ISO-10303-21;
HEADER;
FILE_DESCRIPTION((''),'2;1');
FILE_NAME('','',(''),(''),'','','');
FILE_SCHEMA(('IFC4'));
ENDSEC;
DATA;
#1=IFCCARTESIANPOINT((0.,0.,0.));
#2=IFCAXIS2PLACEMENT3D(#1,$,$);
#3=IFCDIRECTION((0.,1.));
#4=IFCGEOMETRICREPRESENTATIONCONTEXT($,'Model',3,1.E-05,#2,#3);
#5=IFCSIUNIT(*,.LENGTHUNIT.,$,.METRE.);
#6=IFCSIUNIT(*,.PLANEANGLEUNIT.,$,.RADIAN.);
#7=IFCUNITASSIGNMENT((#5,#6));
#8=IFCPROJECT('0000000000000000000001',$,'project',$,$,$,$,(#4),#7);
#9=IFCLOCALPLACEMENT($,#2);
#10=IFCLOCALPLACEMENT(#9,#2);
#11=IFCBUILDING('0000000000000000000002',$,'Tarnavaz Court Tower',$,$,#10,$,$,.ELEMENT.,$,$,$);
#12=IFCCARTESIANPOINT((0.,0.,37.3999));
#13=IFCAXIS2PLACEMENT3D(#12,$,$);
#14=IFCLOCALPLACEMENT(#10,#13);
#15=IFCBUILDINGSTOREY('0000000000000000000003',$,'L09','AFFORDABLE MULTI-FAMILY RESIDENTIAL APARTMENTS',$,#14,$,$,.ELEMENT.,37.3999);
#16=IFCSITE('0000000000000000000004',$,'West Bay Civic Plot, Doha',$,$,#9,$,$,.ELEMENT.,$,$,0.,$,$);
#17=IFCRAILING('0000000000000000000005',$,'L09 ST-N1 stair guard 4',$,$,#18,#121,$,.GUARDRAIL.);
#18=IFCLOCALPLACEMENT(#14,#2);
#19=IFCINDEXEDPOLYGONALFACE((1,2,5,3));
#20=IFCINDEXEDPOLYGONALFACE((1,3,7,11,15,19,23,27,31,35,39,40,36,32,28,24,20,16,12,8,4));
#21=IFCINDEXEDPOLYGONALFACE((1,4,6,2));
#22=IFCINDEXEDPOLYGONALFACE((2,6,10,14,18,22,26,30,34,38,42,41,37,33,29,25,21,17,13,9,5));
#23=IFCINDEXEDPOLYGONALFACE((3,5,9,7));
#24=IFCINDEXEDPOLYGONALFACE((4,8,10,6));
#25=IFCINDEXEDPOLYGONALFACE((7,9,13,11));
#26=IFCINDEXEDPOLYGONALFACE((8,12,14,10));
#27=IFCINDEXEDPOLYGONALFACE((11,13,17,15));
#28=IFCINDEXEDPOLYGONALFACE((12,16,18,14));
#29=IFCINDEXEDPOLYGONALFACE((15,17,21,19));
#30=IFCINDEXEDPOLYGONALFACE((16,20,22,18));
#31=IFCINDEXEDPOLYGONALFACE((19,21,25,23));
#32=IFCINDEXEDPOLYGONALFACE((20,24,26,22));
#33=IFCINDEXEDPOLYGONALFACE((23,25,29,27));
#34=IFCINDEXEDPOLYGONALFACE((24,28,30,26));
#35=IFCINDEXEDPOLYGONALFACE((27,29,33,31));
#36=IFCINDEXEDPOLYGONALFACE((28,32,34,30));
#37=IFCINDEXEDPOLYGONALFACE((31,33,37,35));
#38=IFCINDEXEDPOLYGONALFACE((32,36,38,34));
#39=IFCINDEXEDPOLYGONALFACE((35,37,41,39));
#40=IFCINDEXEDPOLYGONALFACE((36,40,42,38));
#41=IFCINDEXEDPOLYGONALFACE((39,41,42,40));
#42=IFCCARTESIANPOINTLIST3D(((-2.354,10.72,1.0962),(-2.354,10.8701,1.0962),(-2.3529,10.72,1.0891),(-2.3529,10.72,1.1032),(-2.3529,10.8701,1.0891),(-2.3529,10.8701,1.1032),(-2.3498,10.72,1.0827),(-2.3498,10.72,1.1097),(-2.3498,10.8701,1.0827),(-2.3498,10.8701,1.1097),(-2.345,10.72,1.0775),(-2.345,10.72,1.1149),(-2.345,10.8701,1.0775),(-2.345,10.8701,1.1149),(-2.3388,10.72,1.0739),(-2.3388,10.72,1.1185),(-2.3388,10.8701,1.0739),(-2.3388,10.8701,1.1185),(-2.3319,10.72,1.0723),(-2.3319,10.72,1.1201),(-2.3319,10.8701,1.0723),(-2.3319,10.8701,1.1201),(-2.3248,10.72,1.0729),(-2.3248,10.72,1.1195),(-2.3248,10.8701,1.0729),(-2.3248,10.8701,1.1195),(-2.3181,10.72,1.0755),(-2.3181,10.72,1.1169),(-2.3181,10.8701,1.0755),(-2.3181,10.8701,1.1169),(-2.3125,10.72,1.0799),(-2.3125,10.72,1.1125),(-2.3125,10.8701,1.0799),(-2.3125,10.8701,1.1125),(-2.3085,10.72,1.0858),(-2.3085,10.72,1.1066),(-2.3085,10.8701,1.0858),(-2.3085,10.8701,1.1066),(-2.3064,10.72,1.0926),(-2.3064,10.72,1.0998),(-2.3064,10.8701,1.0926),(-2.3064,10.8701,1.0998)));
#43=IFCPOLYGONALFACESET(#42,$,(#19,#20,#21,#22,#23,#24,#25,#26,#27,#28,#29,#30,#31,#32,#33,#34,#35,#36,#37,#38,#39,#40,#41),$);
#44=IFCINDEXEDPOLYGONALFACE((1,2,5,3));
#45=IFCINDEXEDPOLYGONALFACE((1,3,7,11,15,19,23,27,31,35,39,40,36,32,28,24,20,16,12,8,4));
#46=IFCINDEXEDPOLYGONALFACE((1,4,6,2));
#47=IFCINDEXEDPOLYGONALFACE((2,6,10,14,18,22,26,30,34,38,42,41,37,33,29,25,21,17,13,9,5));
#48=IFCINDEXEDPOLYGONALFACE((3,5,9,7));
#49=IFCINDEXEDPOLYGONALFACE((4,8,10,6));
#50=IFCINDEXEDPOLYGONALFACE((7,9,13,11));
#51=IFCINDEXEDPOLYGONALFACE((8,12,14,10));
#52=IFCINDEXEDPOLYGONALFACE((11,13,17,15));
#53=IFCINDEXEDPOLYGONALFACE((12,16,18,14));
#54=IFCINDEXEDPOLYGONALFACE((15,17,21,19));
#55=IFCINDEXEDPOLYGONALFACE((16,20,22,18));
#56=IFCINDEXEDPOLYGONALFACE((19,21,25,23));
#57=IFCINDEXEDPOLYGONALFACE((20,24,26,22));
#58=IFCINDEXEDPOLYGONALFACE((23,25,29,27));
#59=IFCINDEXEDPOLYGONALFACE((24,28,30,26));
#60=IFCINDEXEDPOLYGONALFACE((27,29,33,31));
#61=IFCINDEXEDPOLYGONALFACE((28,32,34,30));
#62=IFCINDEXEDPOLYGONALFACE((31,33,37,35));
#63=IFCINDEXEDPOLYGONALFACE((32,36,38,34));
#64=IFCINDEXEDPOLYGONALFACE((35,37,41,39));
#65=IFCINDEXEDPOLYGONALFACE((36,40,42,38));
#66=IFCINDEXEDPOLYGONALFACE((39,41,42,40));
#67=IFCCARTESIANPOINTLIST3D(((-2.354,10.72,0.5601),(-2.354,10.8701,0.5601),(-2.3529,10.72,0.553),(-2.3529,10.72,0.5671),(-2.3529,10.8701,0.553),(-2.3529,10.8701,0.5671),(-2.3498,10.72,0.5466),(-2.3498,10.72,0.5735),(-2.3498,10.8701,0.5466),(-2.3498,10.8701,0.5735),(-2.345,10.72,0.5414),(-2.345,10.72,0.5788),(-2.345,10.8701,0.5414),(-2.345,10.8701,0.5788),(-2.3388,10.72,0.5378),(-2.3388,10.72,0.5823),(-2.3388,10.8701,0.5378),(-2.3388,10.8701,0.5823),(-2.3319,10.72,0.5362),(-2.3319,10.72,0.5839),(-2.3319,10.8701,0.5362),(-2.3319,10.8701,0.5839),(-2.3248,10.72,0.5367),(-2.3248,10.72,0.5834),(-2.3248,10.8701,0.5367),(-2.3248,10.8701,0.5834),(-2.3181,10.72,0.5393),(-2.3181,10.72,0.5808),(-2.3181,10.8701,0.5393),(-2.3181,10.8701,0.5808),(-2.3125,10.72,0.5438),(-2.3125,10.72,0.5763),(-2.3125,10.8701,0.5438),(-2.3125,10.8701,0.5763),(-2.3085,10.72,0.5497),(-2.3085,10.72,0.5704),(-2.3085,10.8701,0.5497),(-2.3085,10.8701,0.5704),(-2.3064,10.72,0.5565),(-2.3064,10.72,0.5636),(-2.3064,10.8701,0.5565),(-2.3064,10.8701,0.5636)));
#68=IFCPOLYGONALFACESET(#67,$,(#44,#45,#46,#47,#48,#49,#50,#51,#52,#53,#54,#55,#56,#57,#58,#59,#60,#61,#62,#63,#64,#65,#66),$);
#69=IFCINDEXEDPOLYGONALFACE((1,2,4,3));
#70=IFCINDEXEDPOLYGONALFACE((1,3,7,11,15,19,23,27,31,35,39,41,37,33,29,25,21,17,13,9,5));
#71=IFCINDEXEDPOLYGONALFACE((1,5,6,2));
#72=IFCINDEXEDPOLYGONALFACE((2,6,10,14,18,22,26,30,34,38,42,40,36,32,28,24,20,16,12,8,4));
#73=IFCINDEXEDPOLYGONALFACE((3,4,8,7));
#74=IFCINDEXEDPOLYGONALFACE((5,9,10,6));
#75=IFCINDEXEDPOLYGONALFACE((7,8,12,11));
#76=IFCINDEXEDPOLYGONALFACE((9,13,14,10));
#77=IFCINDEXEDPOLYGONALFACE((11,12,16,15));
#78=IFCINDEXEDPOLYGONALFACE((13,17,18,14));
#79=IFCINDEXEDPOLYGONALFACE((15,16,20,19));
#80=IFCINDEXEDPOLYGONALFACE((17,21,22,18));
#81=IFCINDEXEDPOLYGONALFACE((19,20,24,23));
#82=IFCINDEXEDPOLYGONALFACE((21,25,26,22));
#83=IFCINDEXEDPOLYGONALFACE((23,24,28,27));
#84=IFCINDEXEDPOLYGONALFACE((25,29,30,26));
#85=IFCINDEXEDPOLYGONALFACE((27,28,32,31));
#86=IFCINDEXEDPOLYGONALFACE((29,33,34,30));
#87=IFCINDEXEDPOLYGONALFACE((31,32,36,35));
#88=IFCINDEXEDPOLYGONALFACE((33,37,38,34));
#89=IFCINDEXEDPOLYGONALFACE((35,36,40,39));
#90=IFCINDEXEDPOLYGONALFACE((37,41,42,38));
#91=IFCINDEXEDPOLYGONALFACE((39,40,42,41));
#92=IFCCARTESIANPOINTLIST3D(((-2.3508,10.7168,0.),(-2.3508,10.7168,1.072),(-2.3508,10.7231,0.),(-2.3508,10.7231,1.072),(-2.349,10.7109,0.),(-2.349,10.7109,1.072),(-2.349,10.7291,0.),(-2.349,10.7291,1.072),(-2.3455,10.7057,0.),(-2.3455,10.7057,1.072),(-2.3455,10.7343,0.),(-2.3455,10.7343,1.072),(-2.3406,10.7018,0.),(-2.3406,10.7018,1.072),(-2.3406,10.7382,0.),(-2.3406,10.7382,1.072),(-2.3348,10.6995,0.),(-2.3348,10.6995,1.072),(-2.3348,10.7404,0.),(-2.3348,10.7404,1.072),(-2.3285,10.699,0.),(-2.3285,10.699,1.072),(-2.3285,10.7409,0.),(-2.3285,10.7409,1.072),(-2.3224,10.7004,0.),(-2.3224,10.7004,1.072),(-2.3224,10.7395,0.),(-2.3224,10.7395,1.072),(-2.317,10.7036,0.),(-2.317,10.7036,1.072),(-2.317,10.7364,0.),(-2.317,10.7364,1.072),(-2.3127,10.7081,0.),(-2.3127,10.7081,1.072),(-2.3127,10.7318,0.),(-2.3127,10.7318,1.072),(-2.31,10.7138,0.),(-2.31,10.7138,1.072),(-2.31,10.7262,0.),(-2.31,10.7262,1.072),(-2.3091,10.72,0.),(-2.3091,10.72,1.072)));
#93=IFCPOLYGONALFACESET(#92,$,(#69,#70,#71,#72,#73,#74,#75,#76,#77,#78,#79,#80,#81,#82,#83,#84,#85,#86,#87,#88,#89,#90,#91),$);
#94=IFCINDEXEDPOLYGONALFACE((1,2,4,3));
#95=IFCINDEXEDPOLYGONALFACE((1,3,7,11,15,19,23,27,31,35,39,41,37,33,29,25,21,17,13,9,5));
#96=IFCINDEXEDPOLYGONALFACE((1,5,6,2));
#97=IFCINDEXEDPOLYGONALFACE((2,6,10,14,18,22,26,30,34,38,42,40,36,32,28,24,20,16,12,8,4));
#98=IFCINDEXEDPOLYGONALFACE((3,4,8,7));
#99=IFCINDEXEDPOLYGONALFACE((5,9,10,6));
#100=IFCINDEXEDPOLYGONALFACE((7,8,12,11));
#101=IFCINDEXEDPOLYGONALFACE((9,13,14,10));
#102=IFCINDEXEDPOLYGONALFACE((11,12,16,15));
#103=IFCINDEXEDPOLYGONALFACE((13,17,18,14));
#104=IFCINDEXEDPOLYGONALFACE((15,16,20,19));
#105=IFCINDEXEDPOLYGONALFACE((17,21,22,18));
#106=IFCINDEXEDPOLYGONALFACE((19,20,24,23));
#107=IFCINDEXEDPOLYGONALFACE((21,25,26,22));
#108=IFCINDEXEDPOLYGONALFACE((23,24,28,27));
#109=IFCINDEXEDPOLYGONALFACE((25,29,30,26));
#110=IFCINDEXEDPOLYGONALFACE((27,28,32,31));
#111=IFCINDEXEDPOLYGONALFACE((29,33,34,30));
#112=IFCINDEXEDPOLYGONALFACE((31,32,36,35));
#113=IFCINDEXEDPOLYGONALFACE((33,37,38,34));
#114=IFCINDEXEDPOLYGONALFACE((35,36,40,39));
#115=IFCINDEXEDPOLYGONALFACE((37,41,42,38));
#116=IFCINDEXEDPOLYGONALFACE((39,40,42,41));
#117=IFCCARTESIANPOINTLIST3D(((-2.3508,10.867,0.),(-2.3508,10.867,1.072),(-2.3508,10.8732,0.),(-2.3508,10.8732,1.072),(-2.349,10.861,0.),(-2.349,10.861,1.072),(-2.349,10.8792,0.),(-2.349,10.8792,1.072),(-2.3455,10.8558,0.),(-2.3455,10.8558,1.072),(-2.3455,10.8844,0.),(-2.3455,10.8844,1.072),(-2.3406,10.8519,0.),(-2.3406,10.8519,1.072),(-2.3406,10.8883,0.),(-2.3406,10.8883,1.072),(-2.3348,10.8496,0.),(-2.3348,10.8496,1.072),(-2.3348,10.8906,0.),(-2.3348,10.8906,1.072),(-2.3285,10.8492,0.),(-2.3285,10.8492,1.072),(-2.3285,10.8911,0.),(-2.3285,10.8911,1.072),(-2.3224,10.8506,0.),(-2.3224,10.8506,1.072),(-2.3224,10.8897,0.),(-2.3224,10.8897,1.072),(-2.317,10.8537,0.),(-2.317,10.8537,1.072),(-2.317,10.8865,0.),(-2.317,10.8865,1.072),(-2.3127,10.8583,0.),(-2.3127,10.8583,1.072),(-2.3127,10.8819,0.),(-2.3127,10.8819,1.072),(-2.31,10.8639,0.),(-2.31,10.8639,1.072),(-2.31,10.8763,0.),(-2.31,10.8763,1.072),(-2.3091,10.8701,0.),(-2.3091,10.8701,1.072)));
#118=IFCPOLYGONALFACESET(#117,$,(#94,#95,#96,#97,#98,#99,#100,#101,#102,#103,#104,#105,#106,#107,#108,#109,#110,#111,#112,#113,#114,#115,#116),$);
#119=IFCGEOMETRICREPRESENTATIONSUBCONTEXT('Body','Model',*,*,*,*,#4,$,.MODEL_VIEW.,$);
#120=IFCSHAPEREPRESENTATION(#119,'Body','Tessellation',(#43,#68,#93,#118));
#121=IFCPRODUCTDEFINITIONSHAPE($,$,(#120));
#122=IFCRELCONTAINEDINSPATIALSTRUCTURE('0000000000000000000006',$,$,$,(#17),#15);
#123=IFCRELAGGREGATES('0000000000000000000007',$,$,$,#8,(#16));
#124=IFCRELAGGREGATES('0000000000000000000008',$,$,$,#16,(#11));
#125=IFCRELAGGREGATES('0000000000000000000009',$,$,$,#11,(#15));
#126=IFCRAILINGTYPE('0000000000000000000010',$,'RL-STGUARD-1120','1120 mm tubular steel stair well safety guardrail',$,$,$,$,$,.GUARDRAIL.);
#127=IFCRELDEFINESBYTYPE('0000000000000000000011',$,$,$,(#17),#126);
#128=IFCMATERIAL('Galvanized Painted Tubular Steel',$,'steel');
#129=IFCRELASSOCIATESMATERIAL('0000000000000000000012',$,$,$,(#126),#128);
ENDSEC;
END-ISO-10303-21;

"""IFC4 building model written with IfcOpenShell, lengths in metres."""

from ifc_helpers import new_model, si_unit, direction, frame, origin, origin_2d, place, context, subcontext, project, spatial, circle, extrude, material, type_object, element, save


model = new_model("IFC4")

# Units and contexts
model_context = context("Model", 3, precision=1e-05, world=origin(), true_north=direction((0.0, 1.0)))
body_context = subcontext(model_context, "Body", "Model", "MODEL_VIEW")
ifc_project = project(units=[si_unit("LENGTHUNIT", "METRE"), si_unit("PLANEANGLEUNIT", "RADIAN")], contexts=[model_context])

# Site, building, storey
site_placement = place(None, origin())
site = spatial("IfcSite", under=ifc_project, at=site_placement, Name="West Bay Civic Plot, Doha", CompositionType="ELEMENT", RefElevation=0.0)
building_placement = place(site_placement, origin())
building = spatial("IfcBuilding", under=site, at=building_placement, Name="Tarnavaz Court Tower", CompositionType="ELEMENT")
storey_placement = place(building_placement, frame((0.0, 0.0, 37.3999)))
storey = spatial("IfcBuildingStorey", under=building, at=storey_placement, Name="L09", Description="AFFORDABLE MULTI-FAMILY RESIDENTIAL APARTMENTS", CompositionType="ELEMENT", Elevation=37.3999)

# Railing
ifc_material_1 = material(Name="Galvanized Painted Tubular Steel", Category="steel")
railing_type_1 = type_object("IfcRailingType", Name="RL-STGUARD-1120", Description="1120 mm tubular steel stair well safety guardrail", PredefinedType="GUARDRAIL", material=ifc_material_1)
railing_1_placement = place(storey_placement, frame((-2.3301, 10.72, 0.0)))
element("IfcRailing", 1, at=railing_1_placement, inside=storey, type_object=railing_type_1, Name="L09 ST-N1 stair guard 4", PredefinedType="GUARDRAIL", context=body_context, shape_type="SweptSolid", body=[
    extrude(circle(Radius=0.0239, at=origin_2d()), frame((0.0, 0.0, 1.0962), z_axis=(0.0, 1.0, 0.0), x_axis=(-1.0, 0.0, 0.0)), (0.0, 0.0, 1.0), 0.1501),
    extrude(circle(Radius=0.0239, at=origin_2d()), frame((0.0, 0.0, 0.5601), z_axis=(0.0, 1.0, 0.0), x_axis=(-1.0, 0.0, 0.0)), (0.0, 0.0, 1.0), 0.1501),
    extrude(circle(Radius=0.021, at=origin_2d()), origin(), (0.0, 0.0, 1.0), 1.072),
    extrude(circle(Radius=0.021, at=origin_2d()), frame((0.0, 0.1501, 0.0)), (0.0, 0.0, 1.0), 1.072),
])

save(model, "model.ifc")
